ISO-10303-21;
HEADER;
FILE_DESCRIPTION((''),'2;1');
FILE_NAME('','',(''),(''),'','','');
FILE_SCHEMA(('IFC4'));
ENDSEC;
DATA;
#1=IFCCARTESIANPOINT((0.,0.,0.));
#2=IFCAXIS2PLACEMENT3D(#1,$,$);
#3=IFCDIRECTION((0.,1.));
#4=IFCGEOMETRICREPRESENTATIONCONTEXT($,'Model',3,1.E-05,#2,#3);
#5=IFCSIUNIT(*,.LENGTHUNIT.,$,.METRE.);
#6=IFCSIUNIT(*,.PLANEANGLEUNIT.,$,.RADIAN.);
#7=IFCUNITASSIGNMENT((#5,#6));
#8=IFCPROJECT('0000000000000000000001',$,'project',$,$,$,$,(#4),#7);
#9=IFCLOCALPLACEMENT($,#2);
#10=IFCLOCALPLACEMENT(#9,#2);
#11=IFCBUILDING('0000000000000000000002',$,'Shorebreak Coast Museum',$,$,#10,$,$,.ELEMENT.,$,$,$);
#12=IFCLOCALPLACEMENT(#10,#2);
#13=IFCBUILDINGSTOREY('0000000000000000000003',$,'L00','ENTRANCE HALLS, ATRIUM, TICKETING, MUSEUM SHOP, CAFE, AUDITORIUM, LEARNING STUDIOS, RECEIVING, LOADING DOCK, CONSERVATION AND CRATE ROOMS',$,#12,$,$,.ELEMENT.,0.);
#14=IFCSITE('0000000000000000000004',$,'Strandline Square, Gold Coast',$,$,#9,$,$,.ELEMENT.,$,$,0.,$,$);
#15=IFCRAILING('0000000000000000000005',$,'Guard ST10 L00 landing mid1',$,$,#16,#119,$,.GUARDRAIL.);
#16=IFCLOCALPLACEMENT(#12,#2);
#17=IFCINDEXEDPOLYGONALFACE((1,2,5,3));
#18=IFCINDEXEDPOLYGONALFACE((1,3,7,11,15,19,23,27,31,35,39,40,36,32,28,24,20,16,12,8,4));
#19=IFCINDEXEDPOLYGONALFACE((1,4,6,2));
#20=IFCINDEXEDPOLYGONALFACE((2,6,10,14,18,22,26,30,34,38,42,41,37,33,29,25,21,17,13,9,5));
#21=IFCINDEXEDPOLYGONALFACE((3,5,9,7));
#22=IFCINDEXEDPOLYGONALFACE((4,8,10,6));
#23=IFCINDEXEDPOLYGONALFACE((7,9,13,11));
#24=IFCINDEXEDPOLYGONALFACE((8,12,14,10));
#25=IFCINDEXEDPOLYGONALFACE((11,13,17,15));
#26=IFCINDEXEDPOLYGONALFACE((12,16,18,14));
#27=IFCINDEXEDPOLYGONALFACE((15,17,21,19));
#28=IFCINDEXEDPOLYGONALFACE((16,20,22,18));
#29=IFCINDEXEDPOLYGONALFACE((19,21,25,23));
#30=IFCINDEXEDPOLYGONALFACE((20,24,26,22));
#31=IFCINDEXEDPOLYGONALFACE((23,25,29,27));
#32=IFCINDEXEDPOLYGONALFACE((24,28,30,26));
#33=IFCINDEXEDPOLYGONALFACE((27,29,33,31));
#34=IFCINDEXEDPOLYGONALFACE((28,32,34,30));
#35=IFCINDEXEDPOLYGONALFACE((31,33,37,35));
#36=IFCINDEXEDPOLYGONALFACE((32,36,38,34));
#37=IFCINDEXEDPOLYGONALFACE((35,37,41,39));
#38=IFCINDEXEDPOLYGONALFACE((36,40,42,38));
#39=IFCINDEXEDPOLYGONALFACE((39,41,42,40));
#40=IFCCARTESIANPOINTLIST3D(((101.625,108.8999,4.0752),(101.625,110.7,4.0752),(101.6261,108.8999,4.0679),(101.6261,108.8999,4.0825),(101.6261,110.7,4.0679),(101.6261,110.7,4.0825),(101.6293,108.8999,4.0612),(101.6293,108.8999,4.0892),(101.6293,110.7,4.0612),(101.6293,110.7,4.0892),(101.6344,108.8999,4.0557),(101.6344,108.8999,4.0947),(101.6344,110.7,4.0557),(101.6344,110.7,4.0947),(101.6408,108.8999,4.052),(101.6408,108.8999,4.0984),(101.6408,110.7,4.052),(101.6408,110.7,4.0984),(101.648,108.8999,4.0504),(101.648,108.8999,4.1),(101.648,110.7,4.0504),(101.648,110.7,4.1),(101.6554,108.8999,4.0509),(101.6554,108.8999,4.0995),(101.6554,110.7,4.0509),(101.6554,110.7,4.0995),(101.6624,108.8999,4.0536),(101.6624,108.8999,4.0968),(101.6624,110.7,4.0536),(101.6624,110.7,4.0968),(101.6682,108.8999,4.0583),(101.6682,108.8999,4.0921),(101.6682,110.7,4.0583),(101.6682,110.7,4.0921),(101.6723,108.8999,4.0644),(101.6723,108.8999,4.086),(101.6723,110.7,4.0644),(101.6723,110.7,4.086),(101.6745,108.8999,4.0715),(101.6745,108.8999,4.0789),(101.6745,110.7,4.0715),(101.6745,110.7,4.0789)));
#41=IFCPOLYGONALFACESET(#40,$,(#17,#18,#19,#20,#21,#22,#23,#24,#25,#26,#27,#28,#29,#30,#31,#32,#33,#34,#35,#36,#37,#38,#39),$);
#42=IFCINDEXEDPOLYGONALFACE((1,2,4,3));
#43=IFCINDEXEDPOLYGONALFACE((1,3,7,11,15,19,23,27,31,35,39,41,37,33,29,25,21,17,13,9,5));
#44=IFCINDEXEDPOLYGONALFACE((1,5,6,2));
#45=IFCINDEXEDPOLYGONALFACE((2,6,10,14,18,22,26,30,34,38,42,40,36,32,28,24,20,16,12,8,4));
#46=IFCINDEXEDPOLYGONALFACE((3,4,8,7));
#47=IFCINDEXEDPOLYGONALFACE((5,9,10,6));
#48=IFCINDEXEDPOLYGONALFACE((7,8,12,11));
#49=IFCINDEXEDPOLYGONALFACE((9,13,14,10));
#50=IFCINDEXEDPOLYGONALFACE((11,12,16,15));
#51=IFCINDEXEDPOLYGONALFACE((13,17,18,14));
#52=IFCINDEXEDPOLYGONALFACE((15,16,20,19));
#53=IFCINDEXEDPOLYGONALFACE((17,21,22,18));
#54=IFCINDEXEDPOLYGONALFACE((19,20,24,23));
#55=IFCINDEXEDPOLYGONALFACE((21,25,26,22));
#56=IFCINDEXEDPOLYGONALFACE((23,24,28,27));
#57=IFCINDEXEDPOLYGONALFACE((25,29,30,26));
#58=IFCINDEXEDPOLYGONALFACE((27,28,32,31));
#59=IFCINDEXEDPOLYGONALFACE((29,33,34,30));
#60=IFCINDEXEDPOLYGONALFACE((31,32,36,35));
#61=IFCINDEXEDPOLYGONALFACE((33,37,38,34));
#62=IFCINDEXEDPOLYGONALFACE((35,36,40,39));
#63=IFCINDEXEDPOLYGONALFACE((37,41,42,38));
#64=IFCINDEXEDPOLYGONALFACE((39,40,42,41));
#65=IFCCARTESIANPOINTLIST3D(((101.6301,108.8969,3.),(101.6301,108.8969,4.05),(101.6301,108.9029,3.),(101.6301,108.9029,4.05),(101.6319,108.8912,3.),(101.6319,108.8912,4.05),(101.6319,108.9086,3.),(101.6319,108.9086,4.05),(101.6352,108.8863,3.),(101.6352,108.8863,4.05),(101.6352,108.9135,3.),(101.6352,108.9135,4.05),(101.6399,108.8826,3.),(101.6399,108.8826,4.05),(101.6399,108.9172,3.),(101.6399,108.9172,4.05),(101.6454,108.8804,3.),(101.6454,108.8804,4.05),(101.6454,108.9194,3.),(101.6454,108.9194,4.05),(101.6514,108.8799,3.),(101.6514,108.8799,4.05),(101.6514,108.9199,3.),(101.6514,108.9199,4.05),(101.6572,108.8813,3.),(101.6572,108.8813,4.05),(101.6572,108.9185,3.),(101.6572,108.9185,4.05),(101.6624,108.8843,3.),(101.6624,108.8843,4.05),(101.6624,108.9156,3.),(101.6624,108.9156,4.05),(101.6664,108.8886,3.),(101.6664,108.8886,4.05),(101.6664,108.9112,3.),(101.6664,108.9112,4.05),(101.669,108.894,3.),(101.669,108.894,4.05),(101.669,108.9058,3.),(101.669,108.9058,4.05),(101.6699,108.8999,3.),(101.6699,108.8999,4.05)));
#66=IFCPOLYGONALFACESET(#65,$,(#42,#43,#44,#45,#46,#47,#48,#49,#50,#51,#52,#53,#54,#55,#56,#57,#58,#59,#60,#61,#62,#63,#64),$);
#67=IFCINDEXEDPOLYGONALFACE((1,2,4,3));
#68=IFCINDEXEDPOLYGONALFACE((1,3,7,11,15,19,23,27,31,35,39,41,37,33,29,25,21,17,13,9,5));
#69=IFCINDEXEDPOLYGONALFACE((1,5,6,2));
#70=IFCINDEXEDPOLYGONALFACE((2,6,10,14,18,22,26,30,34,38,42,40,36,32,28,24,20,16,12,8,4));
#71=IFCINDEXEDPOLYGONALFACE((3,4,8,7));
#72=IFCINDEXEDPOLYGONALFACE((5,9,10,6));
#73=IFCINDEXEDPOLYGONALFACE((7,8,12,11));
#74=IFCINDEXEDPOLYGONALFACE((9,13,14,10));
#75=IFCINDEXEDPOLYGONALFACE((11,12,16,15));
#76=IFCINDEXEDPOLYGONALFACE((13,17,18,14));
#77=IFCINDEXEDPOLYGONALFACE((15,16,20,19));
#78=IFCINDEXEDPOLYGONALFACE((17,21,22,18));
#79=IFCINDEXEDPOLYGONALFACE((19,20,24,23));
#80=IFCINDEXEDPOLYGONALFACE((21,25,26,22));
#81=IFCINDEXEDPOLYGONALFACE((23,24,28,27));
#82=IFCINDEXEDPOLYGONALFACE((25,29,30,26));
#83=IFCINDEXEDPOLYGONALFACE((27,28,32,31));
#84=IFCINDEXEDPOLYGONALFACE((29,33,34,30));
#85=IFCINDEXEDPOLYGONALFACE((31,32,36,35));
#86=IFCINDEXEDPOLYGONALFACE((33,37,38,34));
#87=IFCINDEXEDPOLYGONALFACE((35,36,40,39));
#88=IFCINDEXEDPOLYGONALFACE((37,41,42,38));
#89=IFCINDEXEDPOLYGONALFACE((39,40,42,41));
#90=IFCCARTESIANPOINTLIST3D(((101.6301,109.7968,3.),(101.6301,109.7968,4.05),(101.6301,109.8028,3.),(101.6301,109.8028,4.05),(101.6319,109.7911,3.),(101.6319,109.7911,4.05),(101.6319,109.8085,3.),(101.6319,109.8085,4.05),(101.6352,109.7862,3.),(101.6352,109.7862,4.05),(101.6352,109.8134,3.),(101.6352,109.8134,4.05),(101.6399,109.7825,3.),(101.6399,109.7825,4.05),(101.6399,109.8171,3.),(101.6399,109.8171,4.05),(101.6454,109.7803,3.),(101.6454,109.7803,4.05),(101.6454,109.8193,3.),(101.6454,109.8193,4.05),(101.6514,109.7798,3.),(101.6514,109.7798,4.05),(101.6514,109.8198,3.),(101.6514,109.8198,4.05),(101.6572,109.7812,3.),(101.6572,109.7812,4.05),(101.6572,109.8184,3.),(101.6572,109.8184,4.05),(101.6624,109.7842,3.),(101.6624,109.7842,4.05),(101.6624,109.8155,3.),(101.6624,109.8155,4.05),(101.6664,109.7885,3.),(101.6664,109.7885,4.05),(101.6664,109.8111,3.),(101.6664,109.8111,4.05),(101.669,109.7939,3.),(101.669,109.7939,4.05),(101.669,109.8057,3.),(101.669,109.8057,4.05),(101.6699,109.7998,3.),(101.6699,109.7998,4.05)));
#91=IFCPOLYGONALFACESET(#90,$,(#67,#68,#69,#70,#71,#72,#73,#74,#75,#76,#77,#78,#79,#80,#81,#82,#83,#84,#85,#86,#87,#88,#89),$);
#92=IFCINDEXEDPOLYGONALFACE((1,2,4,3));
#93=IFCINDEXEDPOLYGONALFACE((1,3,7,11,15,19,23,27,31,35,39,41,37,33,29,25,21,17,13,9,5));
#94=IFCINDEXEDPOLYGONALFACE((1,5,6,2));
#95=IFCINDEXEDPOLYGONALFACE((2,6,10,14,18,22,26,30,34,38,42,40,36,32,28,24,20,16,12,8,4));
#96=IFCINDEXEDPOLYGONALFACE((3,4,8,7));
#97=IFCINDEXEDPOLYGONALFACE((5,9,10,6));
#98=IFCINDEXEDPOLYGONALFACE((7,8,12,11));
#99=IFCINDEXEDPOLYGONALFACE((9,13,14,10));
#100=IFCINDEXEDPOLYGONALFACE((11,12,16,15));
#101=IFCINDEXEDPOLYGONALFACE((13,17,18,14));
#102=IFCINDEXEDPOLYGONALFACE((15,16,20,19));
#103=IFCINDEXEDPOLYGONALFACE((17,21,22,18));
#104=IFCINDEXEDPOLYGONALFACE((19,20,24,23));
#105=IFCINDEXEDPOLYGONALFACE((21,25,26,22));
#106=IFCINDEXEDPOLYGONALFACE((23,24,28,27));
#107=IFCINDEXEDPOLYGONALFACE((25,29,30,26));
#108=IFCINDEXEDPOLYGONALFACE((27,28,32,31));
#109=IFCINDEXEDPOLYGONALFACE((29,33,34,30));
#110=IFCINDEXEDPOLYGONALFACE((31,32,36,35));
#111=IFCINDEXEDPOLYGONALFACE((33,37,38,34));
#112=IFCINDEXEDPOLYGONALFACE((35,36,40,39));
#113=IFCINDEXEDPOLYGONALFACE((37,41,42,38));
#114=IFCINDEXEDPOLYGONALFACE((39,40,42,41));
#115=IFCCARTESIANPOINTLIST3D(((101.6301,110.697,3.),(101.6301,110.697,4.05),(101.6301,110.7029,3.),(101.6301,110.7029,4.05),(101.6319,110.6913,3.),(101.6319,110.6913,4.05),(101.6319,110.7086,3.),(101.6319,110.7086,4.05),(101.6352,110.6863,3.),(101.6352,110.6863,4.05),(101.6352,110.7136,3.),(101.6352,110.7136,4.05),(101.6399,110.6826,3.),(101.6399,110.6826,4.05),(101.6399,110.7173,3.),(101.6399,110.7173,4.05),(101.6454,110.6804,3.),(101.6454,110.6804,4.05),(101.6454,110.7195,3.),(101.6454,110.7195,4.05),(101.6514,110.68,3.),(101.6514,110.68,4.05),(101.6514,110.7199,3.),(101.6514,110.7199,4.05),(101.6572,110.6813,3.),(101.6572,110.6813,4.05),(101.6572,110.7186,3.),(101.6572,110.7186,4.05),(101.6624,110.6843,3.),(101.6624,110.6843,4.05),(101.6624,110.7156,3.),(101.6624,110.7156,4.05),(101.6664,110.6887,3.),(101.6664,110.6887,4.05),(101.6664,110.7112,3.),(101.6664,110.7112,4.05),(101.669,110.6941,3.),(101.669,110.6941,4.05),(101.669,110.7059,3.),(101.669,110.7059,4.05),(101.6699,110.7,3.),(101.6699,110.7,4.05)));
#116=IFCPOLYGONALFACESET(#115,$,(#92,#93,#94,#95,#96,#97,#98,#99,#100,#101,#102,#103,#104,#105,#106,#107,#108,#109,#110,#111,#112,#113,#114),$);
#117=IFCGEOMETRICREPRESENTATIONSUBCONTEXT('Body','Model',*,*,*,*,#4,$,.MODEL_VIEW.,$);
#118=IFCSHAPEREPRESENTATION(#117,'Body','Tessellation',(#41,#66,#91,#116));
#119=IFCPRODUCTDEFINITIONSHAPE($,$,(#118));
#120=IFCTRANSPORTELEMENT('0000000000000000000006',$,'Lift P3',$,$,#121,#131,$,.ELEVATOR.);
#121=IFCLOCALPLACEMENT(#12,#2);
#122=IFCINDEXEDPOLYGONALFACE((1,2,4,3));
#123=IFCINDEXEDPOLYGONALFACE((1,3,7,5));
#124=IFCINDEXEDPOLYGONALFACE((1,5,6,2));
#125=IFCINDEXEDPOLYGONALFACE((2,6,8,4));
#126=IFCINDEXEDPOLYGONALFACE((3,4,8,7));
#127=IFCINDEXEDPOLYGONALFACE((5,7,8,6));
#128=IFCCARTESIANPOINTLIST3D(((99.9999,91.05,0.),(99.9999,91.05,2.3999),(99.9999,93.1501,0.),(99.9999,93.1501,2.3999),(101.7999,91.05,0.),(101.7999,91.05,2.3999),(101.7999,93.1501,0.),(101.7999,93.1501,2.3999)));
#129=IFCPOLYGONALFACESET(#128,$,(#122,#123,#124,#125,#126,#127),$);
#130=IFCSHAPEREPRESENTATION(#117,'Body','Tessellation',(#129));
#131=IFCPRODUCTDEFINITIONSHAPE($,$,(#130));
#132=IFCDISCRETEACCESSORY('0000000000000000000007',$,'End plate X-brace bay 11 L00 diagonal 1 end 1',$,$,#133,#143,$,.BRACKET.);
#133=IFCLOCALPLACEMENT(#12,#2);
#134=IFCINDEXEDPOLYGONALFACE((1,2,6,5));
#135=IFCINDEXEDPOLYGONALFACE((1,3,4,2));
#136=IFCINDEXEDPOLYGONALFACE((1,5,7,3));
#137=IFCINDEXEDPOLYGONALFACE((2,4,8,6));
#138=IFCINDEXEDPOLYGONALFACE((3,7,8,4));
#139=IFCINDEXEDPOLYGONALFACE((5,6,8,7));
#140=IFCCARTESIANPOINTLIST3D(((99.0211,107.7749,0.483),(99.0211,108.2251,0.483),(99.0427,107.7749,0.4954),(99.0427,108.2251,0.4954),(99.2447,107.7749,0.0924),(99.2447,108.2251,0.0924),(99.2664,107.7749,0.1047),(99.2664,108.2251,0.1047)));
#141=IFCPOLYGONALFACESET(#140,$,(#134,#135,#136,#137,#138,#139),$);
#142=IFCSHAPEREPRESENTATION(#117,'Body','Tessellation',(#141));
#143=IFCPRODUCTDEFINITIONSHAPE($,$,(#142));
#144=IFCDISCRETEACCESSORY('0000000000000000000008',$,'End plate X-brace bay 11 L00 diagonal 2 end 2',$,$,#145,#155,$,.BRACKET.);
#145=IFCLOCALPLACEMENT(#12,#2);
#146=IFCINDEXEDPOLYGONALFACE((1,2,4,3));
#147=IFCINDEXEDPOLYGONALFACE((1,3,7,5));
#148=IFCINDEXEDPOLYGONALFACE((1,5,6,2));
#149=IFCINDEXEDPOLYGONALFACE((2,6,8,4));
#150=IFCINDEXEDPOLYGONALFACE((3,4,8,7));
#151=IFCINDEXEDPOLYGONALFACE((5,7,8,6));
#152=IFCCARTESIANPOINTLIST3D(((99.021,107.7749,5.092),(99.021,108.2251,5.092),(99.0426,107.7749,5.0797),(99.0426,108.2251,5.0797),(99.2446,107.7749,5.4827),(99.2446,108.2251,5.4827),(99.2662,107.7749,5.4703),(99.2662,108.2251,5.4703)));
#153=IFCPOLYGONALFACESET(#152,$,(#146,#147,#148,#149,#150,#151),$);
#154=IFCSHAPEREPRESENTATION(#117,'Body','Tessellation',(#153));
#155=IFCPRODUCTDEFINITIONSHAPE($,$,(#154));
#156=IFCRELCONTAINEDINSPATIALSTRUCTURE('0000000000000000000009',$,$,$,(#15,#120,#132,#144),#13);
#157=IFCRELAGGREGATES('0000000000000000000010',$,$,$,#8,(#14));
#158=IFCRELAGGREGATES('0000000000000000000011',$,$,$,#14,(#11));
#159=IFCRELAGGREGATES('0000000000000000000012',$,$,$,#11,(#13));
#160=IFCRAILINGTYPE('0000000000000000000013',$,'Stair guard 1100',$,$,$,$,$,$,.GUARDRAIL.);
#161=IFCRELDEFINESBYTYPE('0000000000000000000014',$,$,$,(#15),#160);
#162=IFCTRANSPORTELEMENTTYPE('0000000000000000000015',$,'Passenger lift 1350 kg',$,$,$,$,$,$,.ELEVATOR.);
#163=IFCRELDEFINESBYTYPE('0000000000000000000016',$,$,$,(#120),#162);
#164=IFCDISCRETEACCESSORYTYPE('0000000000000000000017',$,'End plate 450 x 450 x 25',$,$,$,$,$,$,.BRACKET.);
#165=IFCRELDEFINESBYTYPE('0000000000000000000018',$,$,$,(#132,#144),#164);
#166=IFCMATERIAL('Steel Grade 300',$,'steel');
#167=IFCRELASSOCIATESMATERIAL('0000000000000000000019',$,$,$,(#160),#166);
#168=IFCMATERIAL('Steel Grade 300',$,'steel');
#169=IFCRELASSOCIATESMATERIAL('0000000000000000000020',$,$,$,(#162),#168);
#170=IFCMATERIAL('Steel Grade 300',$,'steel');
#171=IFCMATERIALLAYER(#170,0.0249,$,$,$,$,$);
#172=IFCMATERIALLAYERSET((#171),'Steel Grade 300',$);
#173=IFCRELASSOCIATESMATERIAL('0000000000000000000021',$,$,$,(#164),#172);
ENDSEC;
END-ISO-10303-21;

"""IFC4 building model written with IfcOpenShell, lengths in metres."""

from ifc_helpers import new_model, si_unit, direction, frame, origin, origin_2d, place, context, subcontext, project, spatial, polyline, rectangle, circle, outline, extrude, material, layer, layer_set, type_object, element, save


model = new_model("IFC4")

# Units and contexts
model_context = context("Model", 3, precision=1e-05, world=origin(), true_north=direction((0.0, 1.0)))
body_context = subcontext(model_context, "Body", "Model", "MODEL_VIEW")
ifc_project = project(units=[si_unit("LENGTHUNIT", "METRE"), si_unit("PLANEANGLEUNIT", "RADIAN")], contexts=[model_context])

# Site, building, storey
site_placement = place(None, origin())
site = spatial("IfcSite", under=ifc_project, at=site_placement, Name="Strandline Square, Gold Coast", CompositionType="ELEMENT", RefElevation=0.0)
building_placement = place(site_placement, origin())
building = spatial("IfcBuilding", under=site, at=building_placement, Name="Shorebreak Coast Museum", CompositionType="ELEMENT")
storey_placement = place(building_placement, origin())
storey = spatial("IfcBuildingStorey", under=building, at=storey_placement, Name="L00", Description="ENTRANCE HALLS, ATRIUM, TICKETING, MUSEUM SHOP, CAFE, AUDITORIUM, LEARNING STUDIOS, RECEIVING, LOADING DOCK, CONSERVATION AND CRATE ROOMS", CompositionType="ELEMENT", Elevation=0.0)

# Railing
ifc_material_1 = material(Name="Steel Grade 300", Category="steel")
railing_type = type_object("IfcRailingType", Name="Stair guard 1100", PredefinedType="GUARDRAIL", material=ifc_material_1)
railing_placement = place(storey_placement, frame((101.6499, 108.8999, 3.0)))
element("IfcRailing", 1, at=railing_placement, inside=storey, type_object=railing_type, Name="Guard ST10 L00 landing mid1", PredefinedType="GUARDRAIL", context=body_context, shape_type="SweptSolid", body=[
    extrude(circle(Radius=0.0249, at=origin_2d()), frame((0.0, 0.0, 1.0752), z_axis=(0.0, 1.0, 0.0), x_axis=(-1.0, 0.0, 0.0)), (0.0, 0.0, 1.0), 1.8),
    extrude(circle(Radius=0.02, at=origin_2d()), origin(), (0.0, 0.0, 1.0), 1.05),
    extrude(circle(Radius=0.02, at=origin_2d()), frame((0.0, 0.8999, 0.0)), (0.0, 0.0, 1.0), 1.05),
    extrude(circle(Radius=0.02, at=origin_2d()), frame((0.0, 1.8, 0.0)), (0.0, 0.0, 1.0), 1.05),
])

# Transport element
ifc_material_2 = material(Name="Steel Grade 300", Category="steel")
transport_element_type = type_object("IfcTransportElementType", Name="Passenger lift 1350 kg", PredefinedType="ELEVATOR", material=ifc_material_2)
transport_element_placement = place(storey_placement, frame((100.8999, 92.1001, 0.0), z_axis=(0.0, 0.0, 1.0), x_axis=(1.0, 0.0, 0.0)))
element("IfcTransportElement", 2, at=transport_element_placement, inside=storey, type_object=transport_element_type, Name="Lift P3", PredefinedType="ELEVATOR", context=body_context, shape_type="SweptSolid", body=[
    extrude(rectangle(XDim=1.8, YDim=2.1001, at=origin_2d()), origin(), (0.0, 0.0, 1.0), 2.3999),
])

# Discrete accessories
ifc_material_3 = material(Name="Steel Grade 300", Category="steel")
ifc_layer_1 = layer(ifc_material_3, 0.0249)
ifc_layer_set_1 = layer_set([ifc_layer_1], Name="Steel Grade 300")
discrete_accessory_type = type_object("IfcDiscreteAccessoryType", Name="End plate 450 x 450 x 25", PredefinedType="BRACKET", material=ifc_layer_set_1)
for number, where, z_axis, x_axis, name in (
    (3, (99.2664, 107.7749, 0.1047), (0.867842, 0.0, 0.49684), (0.0, 1.0, 0.0), "End plate X-brace bay 11 L00 diagonal 1 end 1"),
    (4, (99.021, 108.2251, 5.092), (-0.867842, 0.0, 0.49684), (0.0, -1.0, 0.0), "End plate X-brace bay 11 L00 diagonal 2 end 2"),
):
    element("IfcDiscreteAccessory", number, at=place(storey_placement, frame(where, z_axis=z_axis, x_axis=x_axis)), inside=storey, type_object=discrete_accessory_type, Name=name, PredefinedType="BRACKET", context=body_context, shape_type="SweptSolid", body=[
        extrude(outline(polyline([(0.0, 0.0), (0.4502, 0.0), (0.4502, 0.4501), (0.0, 0.4501), (0.0, 0.0)])), origin(), (0.0, 0.0, -1.0), 0.0249),
    ])

save(model, "model.ifc")
